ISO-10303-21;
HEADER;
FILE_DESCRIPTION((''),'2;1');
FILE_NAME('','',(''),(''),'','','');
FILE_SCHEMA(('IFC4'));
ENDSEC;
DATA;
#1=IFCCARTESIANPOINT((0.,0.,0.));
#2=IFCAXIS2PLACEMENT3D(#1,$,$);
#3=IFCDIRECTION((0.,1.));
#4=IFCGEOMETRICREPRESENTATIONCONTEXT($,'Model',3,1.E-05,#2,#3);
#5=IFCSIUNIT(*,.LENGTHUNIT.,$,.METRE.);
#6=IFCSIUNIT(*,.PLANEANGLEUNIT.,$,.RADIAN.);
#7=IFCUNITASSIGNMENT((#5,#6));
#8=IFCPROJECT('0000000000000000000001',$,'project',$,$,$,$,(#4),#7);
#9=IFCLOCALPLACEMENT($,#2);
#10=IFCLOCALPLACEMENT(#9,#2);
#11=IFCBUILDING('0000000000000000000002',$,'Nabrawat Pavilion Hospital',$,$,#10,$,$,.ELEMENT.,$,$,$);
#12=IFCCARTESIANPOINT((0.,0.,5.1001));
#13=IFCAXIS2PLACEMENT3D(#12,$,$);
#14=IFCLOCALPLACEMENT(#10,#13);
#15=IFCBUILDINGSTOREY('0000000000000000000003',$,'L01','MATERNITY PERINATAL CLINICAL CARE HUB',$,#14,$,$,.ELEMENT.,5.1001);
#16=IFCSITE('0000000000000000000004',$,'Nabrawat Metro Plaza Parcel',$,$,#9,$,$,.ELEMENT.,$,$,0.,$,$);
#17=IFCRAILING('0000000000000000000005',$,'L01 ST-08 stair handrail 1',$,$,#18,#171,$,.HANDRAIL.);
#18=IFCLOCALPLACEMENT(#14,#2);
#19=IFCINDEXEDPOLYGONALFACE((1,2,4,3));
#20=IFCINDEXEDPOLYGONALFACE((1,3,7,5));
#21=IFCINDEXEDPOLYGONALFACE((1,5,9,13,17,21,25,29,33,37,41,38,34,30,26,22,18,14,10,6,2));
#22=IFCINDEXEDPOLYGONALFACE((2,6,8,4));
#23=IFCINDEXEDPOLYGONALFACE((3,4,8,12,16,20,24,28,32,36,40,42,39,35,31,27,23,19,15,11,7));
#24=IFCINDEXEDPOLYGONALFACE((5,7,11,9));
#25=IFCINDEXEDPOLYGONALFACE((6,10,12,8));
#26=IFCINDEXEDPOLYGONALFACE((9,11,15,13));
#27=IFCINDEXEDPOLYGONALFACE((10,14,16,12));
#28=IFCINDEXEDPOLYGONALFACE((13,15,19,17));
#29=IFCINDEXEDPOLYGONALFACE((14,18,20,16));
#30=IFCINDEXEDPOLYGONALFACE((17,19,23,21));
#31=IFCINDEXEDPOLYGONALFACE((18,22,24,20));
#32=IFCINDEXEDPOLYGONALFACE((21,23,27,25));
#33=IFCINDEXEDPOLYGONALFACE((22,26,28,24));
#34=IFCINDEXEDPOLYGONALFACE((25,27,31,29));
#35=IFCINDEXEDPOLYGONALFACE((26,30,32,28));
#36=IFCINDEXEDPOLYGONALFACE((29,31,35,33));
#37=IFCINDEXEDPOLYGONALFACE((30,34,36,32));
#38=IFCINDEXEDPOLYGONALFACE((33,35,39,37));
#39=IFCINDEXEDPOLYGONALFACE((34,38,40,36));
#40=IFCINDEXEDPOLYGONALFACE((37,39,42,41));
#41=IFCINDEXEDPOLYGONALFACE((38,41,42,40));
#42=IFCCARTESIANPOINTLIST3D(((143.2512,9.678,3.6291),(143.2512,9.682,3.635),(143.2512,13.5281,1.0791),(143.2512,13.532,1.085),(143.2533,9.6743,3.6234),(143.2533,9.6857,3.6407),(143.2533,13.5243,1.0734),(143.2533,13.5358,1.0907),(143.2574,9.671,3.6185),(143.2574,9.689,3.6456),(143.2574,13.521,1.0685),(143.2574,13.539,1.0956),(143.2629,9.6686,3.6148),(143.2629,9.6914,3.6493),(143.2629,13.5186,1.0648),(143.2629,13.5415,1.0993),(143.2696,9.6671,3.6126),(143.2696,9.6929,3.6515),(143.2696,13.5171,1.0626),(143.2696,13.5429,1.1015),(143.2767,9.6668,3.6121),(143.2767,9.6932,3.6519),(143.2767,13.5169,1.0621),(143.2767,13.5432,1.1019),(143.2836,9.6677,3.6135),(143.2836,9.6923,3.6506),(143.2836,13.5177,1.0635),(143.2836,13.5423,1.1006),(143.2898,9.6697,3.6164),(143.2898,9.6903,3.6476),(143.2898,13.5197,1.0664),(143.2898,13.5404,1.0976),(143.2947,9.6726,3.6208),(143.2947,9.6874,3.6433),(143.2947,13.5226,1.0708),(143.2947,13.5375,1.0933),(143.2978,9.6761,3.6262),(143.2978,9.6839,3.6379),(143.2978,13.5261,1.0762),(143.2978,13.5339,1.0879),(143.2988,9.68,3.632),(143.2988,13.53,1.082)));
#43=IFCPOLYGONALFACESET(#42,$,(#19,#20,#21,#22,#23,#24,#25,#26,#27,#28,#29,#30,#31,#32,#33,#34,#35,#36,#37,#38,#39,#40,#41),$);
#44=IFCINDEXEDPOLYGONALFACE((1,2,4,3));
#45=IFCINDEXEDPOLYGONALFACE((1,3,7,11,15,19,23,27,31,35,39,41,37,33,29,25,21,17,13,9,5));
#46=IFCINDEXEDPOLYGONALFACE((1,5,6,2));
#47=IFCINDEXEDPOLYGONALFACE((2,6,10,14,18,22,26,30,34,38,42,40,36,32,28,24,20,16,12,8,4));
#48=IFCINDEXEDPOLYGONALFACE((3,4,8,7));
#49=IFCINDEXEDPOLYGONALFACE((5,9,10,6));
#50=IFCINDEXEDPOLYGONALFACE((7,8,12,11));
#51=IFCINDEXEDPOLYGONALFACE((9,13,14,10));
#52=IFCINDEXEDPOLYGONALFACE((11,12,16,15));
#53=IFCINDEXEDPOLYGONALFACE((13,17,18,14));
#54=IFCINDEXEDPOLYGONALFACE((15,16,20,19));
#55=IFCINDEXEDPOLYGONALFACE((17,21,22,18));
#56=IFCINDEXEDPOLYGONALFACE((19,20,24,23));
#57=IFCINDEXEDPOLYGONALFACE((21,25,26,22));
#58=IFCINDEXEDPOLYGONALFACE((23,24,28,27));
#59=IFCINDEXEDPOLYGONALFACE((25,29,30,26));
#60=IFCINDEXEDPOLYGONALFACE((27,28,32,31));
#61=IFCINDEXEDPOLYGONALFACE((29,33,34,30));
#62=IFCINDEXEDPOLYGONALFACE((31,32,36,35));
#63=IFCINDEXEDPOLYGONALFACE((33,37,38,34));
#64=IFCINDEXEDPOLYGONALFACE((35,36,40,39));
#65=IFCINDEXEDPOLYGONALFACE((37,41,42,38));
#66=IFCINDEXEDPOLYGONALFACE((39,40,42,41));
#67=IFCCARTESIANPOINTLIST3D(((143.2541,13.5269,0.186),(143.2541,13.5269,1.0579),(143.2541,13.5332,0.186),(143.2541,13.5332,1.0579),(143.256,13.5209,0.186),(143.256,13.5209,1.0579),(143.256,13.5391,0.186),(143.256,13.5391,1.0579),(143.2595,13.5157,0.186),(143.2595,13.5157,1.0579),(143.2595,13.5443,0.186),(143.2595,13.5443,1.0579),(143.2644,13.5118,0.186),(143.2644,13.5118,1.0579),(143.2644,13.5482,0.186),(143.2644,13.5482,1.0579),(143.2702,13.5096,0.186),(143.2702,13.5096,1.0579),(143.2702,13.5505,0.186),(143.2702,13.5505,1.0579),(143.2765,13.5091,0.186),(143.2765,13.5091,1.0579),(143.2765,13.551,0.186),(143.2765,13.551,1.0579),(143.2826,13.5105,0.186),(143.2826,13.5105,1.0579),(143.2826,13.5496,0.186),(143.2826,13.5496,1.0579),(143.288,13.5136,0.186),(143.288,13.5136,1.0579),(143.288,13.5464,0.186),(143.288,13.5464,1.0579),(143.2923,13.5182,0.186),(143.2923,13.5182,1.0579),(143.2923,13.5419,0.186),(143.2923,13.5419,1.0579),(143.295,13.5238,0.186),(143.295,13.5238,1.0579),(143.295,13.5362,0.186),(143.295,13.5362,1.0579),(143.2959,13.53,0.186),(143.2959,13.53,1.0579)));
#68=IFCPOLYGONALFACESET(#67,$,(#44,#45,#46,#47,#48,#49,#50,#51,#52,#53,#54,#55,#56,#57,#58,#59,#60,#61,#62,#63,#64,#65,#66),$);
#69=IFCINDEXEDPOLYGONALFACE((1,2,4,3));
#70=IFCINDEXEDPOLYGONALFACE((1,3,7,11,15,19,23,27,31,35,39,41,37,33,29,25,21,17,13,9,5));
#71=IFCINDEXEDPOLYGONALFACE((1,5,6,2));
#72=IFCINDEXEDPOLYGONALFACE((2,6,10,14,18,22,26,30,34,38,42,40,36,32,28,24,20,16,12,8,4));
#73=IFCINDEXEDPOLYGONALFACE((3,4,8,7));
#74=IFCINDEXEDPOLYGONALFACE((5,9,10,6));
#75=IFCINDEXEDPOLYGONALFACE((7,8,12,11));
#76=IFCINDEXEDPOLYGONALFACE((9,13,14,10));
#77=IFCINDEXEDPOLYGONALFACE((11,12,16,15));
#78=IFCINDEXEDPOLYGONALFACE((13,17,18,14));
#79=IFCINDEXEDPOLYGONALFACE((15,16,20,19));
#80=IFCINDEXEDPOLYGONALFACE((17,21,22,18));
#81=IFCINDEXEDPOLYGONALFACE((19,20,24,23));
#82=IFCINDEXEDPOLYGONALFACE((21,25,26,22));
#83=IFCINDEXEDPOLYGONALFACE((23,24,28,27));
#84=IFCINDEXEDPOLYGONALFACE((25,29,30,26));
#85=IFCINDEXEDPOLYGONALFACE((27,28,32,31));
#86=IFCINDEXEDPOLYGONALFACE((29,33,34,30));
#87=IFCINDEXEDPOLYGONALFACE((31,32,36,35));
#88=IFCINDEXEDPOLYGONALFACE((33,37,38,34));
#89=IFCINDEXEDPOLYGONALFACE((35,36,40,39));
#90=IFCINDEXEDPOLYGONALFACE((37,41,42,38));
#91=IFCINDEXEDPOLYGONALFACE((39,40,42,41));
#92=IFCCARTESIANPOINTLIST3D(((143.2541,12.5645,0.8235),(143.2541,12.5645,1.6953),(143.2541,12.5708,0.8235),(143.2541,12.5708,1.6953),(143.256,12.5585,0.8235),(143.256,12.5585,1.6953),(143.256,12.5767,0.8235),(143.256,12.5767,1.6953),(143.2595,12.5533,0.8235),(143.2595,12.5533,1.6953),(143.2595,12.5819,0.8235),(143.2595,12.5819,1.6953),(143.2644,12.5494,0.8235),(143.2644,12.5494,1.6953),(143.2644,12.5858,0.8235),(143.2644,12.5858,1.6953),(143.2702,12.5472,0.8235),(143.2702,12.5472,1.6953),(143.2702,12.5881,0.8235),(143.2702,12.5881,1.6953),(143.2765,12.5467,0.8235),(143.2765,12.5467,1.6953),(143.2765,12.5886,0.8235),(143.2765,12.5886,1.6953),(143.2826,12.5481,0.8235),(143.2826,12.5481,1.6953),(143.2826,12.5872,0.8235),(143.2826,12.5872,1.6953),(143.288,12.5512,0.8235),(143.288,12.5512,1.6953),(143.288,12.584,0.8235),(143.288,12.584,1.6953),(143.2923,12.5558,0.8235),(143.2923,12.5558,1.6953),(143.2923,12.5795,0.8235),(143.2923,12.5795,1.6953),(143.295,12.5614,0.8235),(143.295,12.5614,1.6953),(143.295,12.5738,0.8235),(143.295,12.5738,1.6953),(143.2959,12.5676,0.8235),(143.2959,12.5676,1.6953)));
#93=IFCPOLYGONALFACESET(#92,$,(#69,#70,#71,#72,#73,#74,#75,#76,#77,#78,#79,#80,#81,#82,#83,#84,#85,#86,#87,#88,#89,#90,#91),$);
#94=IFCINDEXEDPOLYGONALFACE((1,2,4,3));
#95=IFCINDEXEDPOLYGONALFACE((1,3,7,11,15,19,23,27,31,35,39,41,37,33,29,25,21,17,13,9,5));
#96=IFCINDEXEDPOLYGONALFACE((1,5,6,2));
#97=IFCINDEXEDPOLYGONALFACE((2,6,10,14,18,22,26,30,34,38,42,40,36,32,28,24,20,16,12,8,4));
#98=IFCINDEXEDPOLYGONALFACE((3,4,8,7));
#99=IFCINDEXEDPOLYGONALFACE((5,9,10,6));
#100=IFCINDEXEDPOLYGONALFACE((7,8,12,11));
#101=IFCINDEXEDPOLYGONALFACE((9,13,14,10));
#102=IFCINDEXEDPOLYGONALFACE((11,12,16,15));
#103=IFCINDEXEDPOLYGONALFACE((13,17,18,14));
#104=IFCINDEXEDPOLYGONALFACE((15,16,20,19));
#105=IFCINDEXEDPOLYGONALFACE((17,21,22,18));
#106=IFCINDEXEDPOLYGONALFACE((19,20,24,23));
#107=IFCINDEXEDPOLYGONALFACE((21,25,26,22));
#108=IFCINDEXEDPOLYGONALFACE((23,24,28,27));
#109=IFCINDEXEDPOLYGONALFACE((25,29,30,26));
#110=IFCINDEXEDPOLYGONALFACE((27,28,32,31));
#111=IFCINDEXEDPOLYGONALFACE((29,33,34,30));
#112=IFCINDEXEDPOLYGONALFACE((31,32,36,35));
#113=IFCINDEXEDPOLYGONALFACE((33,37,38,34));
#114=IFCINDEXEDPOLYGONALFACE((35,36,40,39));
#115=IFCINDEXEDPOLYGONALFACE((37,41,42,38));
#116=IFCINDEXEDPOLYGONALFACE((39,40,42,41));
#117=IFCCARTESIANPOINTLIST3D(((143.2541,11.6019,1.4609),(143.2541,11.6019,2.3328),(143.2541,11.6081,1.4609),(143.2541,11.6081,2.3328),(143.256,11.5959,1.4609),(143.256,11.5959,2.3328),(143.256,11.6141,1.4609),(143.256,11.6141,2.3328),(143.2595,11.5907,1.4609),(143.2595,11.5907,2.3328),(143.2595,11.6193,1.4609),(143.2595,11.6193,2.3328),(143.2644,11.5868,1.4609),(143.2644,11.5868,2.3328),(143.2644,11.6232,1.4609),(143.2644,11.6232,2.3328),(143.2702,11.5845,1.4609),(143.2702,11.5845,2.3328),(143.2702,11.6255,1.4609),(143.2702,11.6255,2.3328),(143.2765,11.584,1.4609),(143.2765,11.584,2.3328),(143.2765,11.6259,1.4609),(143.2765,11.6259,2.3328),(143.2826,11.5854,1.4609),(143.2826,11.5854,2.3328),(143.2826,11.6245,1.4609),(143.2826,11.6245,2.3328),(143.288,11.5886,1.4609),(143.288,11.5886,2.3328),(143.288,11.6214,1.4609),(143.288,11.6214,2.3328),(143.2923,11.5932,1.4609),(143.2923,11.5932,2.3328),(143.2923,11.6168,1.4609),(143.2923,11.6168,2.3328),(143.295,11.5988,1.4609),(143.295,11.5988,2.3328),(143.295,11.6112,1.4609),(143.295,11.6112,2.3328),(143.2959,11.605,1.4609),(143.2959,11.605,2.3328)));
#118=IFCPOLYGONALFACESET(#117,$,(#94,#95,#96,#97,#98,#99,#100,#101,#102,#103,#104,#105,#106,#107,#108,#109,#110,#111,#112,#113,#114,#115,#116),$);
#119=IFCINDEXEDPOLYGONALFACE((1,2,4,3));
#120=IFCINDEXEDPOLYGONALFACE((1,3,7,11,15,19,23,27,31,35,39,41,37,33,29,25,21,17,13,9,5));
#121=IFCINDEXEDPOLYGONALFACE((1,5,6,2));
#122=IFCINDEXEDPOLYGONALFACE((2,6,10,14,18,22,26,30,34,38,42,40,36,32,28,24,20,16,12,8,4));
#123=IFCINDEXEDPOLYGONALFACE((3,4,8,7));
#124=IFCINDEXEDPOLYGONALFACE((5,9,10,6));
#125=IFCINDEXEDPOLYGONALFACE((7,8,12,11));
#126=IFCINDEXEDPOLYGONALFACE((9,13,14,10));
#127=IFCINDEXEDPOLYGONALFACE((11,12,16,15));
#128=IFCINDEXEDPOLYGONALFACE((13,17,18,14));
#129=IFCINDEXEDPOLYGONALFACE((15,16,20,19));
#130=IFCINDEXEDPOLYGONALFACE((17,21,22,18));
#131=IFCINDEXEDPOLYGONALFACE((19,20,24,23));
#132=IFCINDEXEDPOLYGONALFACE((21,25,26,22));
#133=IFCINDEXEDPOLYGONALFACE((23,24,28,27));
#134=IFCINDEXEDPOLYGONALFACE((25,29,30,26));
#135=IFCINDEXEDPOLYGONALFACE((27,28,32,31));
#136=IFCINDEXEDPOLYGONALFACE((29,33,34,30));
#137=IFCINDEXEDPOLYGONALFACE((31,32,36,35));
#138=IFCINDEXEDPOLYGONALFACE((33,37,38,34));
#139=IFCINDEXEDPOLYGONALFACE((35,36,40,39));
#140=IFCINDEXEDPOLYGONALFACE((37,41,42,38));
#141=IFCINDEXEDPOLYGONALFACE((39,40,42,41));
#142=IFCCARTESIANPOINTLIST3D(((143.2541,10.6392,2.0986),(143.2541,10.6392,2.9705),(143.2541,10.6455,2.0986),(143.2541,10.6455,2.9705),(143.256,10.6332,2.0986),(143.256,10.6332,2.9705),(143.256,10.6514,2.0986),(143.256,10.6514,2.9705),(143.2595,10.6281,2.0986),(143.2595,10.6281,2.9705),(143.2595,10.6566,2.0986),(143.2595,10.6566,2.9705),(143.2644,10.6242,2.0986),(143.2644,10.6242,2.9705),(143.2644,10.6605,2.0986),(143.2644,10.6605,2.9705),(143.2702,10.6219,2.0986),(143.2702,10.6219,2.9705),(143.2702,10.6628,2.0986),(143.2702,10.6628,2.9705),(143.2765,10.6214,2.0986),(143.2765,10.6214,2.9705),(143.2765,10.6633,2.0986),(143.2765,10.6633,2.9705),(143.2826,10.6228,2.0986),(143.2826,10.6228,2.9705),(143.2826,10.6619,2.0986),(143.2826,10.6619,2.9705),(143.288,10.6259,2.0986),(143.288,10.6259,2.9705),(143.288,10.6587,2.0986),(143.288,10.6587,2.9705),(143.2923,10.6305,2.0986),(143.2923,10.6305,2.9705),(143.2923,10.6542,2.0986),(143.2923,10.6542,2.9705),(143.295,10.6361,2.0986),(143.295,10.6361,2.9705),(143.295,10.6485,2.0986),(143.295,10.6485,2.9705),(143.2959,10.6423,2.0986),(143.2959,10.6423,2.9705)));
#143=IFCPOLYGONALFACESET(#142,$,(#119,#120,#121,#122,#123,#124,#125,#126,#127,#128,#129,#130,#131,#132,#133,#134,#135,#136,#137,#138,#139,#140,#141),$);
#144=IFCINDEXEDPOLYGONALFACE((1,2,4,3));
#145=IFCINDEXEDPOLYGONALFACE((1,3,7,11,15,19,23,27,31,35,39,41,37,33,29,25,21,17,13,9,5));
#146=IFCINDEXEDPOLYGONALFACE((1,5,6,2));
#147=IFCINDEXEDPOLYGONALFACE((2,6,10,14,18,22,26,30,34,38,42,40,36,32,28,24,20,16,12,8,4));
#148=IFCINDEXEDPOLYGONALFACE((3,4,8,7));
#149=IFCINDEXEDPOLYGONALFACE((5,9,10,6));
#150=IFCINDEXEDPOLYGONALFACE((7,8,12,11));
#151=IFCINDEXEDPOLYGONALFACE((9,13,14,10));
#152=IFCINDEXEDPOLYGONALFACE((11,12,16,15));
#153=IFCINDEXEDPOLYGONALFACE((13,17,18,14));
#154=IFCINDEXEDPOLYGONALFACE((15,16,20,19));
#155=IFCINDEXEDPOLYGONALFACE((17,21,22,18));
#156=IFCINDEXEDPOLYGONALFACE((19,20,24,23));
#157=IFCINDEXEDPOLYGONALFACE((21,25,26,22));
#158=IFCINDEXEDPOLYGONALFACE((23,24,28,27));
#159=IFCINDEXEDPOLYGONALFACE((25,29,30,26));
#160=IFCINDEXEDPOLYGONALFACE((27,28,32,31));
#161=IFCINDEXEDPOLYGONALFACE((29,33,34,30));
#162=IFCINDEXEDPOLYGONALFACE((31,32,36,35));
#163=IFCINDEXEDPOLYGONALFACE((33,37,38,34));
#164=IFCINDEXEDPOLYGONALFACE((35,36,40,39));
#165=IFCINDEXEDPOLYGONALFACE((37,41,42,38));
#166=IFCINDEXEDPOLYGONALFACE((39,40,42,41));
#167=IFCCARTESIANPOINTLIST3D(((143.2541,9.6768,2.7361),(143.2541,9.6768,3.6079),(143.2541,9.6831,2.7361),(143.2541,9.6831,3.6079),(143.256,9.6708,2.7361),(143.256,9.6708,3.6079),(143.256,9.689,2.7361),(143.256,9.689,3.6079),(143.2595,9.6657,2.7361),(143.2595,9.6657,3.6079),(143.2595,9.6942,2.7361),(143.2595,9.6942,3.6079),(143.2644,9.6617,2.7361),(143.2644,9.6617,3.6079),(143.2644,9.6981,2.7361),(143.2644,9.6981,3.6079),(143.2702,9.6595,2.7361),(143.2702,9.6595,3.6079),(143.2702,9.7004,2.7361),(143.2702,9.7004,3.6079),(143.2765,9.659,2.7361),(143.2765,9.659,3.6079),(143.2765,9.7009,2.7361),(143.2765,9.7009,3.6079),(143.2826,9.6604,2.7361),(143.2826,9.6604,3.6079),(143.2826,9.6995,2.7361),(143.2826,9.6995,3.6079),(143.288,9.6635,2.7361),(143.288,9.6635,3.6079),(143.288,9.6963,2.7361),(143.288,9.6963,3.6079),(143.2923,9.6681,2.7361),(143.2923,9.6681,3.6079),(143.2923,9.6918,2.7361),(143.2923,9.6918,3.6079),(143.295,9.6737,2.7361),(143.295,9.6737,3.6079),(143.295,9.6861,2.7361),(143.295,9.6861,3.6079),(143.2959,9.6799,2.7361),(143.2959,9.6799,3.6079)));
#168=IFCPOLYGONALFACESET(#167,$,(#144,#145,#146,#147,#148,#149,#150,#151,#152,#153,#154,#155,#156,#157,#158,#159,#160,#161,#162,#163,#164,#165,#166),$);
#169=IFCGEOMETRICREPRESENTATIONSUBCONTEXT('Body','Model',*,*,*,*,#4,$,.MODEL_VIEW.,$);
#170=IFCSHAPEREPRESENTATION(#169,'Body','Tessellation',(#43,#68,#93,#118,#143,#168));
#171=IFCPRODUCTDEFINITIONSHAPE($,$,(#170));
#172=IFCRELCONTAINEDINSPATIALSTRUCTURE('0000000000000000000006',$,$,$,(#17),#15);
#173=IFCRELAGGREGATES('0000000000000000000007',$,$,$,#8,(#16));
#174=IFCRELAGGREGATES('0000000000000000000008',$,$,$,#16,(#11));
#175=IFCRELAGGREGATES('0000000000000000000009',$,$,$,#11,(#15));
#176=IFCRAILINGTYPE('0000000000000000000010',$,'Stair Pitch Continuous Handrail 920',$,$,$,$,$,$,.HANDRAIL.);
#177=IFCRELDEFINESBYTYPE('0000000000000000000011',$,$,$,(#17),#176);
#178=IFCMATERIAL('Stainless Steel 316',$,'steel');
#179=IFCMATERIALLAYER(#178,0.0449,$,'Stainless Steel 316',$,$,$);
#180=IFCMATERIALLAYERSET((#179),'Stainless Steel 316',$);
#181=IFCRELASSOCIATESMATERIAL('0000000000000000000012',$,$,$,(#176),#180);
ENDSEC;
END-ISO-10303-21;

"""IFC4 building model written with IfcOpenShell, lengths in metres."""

from ifc_helpers import new_model, si_unit, direction, frame, origin, origin_2d, place, context, subcontext, project, spatial, circle, extrude, material, layer, layer_set, type_object, element, save


model = new_model("IFC4")

# Units and contexts
model_context = context("Model", 3, precision=1e-05, world=origin(), true_north=direction((0.0, 1.0)))
body_context = subcontext(model_context, "Body", "Model", "MODEL_VIEW")
ifc_project = project(units=[si_unit("LENGTHUNIT", "METRE"), si_unit("PLANEANGLEUNIT", "RADIAN")], contexts=[model_context])

# Site, building, storey
site_placement = place(None, origin())
site = spatial("IfcSite", under=ifc_project, at=site_placement, Name="Nabrawat Metro Plaza Parcel", CompositionType="ELEMENT", RefElevation=0.0)
building_placement = place(site_placement, origin())
building = spatial("IfcBuilding", under=site, at=building_placement, Name="Nabrawat Pavilion Hospital", CompositionType="ELEMENT")
storey_placement = place(building_placement, frame((0.0, 0.0, 5.1001)))
storey = spatial("IfcBuildingStorey", under=building, at=storey_placement, Name="L01", Description="MATERNITY PERINATAL CLINICAL CARE HUB", CompositionType="ELEMENT", Elevation=5.1001)

# Railing
ifc_material_1 = material(Name="Stainless Steel 316", Category="steel")
ifc_layer_1 = layer(ifc_material_1, 0.0449, Name="Stainless Steel 316")
ifc_layer_set_1 = layer_set([ifc_layer_1], Name="Stainless Steel 316")
railing_type_1 = type_object("IfcRailingType", Name="Stair Pitch Continuous Handrail 920", PredefinedType="HANDRAIL", material=ifc_layer_set_1)
railing_1_placement = place(storey_placement, frame((143.2749, 13.53, 0.186)))
element("IfcRailing", 1, at=railing_1_placement, inside=storey, type_object=railing_type_1, Name="L01 ST-08 stair handrail 1", PredefinedType="HANDRAIL", context=body_context, shape_type="SweptSolid", body=[
    extrude(circle(Radius=0.0239, at=origin_2d()), frame((0.0, 0.0, 0.896), z_axis=(0.0, -0.833714, 0.552197), x_axis=(1.0, 0.0, 0.0)), (0.0, 0.0, 1.0), 4.6179),
    extrude(circle(Radius=0.021, at=origin_2d()), origin(), (0.0, 0.0, 1.0), 0.8718),
    extrude(circle(Radius=0.021, at=origin_2d()), frame((0.0, -0.9624, 0.6375)), (0.0, 0.0, 1.0), 0.8718),
    extrude(circle(Radius=0.021, at=origin_2d()), frame((0.0, -1.925, 1.2749)), (0.0, 0.0, 1.0), 0.8718),
    extrude(circle(Radius=0.021, at=origin_2d()), frame((0.0, -2.8877, 1.9126)), (0.0, 0.0, 1.0), 0.8718),
    extrude(circle(Radius=0.021, at=origin_2d()), frame((0.0, -3.8501, 2.55)), (0.0, 0.0, 1.0), 0.8718),
])

save(model, "model.ifc")
